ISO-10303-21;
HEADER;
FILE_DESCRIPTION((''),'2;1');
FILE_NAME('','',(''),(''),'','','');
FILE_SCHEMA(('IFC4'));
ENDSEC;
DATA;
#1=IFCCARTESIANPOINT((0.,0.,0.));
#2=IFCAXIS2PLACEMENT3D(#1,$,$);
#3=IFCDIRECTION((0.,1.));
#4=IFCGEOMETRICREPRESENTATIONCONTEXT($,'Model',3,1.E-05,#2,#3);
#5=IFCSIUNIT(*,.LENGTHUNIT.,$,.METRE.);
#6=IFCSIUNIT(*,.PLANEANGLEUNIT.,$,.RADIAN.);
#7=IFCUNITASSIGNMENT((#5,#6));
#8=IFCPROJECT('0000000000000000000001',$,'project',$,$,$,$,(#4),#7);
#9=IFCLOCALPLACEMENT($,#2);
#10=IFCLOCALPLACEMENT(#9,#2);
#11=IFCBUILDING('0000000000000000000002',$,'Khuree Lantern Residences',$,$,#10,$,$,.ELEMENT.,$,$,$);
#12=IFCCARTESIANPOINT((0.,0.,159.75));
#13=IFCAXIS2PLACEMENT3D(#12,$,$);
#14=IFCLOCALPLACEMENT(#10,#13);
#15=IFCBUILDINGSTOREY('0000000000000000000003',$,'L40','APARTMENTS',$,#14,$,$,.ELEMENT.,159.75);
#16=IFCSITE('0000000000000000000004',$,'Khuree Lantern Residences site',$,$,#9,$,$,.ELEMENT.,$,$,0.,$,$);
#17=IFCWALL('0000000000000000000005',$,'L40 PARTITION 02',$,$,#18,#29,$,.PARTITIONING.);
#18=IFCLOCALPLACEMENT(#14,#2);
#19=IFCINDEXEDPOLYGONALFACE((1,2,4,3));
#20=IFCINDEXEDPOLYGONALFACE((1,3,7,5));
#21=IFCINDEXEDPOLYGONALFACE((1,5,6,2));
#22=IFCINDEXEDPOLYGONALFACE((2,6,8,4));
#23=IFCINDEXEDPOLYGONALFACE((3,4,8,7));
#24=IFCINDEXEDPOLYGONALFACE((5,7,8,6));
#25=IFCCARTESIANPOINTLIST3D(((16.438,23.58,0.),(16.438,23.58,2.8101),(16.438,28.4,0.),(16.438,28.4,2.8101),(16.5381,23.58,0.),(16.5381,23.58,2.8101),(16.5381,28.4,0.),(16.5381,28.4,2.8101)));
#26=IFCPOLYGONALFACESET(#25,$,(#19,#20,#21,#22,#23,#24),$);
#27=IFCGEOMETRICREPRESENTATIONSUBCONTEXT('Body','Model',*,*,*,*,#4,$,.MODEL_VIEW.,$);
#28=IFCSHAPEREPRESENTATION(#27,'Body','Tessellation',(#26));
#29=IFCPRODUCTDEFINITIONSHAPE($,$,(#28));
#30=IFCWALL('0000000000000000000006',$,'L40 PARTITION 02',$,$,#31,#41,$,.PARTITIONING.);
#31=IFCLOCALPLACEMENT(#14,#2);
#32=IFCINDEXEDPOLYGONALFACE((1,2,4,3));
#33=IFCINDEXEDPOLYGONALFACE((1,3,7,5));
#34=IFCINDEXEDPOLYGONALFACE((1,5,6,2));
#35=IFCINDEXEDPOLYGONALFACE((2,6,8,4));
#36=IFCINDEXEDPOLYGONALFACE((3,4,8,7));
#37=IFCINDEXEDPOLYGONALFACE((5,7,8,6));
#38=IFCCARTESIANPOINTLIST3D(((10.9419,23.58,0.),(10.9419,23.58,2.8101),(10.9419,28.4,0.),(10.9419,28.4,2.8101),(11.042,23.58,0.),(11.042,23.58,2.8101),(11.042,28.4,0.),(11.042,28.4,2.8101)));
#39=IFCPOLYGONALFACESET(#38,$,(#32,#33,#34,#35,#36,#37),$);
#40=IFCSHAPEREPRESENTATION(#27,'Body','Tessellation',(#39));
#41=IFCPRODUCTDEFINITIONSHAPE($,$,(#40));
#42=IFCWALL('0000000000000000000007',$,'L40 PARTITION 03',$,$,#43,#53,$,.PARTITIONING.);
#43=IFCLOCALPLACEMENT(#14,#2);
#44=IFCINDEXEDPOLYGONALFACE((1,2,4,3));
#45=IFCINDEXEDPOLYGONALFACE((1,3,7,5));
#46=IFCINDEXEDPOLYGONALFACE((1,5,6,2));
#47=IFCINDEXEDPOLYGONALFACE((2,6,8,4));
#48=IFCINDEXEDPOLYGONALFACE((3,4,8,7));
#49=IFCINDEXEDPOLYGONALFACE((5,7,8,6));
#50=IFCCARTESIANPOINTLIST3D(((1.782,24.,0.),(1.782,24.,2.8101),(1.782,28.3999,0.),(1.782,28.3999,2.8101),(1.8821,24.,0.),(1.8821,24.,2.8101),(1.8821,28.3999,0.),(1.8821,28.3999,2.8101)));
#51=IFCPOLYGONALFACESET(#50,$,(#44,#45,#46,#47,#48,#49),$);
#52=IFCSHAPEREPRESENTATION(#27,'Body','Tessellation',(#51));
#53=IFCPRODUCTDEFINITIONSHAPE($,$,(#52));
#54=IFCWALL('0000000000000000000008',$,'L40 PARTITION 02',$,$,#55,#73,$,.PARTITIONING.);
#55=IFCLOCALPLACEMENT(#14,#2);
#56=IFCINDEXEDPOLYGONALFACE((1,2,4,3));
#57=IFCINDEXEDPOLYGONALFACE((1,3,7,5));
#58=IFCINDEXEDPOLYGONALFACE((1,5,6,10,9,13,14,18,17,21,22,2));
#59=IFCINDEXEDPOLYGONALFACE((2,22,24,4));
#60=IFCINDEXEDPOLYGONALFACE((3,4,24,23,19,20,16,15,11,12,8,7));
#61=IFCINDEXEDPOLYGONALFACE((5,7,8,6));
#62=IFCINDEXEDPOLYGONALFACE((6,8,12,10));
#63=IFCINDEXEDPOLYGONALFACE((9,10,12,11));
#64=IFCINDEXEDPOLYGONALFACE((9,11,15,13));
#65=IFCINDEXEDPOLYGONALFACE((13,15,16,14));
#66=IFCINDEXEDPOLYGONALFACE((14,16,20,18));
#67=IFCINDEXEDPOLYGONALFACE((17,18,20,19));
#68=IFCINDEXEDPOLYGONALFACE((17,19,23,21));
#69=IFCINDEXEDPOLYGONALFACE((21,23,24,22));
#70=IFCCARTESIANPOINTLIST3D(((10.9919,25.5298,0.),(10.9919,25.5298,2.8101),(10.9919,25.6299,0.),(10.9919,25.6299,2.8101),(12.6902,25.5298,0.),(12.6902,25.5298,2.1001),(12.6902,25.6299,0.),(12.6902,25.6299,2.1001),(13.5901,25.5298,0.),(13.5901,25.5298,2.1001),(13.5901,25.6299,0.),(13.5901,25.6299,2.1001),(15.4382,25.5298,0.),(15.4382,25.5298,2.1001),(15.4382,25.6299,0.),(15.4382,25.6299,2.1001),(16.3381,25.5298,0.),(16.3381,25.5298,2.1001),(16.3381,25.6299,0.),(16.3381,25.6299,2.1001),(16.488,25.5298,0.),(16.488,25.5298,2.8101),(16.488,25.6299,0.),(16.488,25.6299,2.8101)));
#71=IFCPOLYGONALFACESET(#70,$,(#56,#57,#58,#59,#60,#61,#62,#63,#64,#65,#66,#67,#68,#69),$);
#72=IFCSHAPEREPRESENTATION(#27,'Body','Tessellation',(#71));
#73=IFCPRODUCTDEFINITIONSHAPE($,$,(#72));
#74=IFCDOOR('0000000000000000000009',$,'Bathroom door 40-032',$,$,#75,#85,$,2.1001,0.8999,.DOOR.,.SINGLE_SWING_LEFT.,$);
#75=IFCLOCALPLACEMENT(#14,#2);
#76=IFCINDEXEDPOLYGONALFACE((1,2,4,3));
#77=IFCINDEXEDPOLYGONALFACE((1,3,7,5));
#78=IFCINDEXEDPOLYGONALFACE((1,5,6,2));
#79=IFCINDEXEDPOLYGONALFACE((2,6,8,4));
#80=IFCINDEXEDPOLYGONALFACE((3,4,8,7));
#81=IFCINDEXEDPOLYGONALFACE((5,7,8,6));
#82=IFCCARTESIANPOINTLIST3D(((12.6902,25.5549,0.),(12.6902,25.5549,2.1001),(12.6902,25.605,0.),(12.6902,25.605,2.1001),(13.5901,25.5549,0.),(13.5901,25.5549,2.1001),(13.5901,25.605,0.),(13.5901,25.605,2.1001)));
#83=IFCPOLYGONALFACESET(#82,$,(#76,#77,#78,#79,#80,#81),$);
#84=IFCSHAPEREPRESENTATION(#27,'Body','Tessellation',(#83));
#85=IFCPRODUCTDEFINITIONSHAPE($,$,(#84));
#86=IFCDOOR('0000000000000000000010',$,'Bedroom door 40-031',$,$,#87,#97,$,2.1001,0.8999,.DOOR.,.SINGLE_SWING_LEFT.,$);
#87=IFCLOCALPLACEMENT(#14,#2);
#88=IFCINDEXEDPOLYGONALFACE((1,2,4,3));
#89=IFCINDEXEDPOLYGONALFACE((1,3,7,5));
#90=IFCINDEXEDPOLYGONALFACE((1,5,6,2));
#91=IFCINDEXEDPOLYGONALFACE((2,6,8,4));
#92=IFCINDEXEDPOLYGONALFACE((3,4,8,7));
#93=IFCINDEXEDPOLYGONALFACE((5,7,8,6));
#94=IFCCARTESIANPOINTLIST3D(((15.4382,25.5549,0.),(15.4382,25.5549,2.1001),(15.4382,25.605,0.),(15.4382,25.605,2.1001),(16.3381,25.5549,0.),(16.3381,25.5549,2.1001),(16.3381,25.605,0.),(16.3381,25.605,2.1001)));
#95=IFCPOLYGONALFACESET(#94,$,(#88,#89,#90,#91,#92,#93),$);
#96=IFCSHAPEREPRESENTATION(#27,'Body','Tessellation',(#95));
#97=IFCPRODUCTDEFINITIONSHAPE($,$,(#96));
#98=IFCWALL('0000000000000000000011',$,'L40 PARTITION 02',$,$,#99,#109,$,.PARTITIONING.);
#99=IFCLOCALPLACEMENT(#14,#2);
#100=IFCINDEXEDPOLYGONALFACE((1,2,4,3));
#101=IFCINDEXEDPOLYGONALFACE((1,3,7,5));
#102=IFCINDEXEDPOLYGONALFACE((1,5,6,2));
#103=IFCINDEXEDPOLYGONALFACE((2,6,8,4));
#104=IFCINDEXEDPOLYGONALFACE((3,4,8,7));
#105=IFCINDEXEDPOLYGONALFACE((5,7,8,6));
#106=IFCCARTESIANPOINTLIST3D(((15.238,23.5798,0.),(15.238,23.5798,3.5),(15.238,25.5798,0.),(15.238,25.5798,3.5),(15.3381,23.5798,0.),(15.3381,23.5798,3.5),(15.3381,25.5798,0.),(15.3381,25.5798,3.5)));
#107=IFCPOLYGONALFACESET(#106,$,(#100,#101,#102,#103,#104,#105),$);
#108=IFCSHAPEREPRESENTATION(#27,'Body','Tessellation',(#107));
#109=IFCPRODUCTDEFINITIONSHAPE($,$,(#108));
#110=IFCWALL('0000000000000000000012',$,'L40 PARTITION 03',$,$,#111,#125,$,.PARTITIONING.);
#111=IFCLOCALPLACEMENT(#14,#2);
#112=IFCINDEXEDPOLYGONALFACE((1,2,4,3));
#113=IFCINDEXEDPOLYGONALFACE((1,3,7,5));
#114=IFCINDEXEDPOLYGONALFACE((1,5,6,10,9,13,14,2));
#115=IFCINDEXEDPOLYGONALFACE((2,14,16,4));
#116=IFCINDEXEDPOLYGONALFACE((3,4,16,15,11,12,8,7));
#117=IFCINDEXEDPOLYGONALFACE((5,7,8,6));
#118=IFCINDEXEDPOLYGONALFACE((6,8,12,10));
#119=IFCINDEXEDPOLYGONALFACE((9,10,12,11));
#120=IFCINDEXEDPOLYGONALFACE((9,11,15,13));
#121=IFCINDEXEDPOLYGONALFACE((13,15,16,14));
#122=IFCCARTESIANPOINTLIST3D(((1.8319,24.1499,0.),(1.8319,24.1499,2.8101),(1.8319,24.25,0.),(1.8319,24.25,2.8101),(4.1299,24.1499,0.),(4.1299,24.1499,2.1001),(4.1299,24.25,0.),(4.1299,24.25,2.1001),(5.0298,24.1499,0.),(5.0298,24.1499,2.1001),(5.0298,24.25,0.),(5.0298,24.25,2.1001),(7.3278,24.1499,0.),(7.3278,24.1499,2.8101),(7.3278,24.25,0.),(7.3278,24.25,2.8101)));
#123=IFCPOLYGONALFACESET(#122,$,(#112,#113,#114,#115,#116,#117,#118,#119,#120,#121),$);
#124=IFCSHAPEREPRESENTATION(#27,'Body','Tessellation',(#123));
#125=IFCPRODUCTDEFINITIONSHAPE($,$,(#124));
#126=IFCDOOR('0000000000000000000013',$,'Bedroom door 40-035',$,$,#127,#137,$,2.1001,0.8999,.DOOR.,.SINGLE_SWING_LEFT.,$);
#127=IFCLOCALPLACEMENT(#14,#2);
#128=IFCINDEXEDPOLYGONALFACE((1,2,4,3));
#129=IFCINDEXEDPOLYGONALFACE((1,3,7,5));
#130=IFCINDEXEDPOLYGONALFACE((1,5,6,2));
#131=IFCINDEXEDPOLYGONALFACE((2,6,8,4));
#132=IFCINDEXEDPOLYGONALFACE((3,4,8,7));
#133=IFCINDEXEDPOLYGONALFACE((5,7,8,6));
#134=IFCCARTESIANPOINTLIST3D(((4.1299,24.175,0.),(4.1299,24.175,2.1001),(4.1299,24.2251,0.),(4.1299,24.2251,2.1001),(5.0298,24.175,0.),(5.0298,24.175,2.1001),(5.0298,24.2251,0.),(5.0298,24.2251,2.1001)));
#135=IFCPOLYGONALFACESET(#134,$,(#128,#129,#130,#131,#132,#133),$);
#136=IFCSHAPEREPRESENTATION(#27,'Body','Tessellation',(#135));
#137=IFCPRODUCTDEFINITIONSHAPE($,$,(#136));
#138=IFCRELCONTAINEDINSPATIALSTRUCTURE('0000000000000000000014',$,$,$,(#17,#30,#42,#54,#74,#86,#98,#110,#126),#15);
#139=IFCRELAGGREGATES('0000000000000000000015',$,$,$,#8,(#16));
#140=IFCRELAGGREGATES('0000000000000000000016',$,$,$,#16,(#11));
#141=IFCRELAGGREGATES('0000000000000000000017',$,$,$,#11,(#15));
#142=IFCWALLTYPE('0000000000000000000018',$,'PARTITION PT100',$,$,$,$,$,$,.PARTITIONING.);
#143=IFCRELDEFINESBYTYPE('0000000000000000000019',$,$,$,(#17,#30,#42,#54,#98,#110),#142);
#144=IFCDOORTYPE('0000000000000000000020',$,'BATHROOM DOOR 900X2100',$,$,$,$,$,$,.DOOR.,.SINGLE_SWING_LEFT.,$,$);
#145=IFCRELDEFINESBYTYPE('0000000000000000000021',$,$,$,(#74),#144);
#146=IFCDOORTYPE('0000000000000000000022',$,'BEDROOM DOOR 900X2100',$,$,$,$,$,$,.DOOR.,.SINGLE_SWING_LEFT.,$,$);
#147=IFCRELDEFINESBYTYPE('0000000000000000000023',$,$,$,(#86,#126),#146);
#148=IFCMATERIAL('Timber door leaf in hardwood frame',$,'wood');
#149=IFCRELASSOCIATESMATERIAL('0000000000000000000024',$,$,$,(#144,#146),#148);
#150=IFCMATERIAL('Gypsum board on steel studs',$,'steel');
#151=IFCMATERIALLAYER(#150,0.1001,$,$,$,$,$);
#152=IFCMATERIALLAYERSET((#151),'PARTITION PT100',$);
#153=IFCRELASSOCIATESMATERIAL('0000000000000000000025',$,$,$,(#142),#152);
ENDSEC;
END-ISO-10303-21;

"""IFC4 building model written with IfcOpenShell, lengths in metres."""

from ifc_helpers import new_model, si_unit, direction, frame, frame_2d, origin, place, context, subcontext, project, spatial, rectangle, extrude, material, layer, layer_set, type_object, element, fill, save


model = new_model("IFC4")

# Units and contexts
model_context = context("Model", 3, precision=1e-05, world=origin(), true_north=direction((0.0, 1.0)))
body_context = subcontext(model_context, "Body", "Model", "MODEL_VIEW")
ifc_project = project(units=[si_unit("LENGTHUNIT", "METRE"), si_unit("PLANEANGLEUNIT", "RADIAN")], contexts=[model_context])

# Site, building, storey
site_placement = place(None, origin())
site = spatial("IfcSite", under=ifc_project, at=site_placement, Name="Khuree Lantern Residences site", CompositionType="ELEMENT", RefElevation=0.0)
building_placement = place(site_placement, origin())
building = spatial("IfcBuilding", under=site, at=building_placement, Name="Khuree Lantern Residences", CompositionType="ELEMENT")
storey_placement = place(building_placement, frame((0.0, 0.0, 159.75)))
storey = spatial("IfcBuildingStorey", under=building, at=storey_placement, Name="L40", Description="APARTMENTS", CompositionType="ELEMENT", Elevation=159.75)

# Shared definitions
ifc_material_1 = material(Name="Timber door leaf in hardwood frame", Category="wood")
door_type_1 = type_object("IfcDoorType", Name="BATHROOM DOOR 900X2100", OperationType="SINGLE_SWING_LEFT", PredefinedType="DOOR", material=ifc_material_1)

# Walls
ifc_material_2 = material(Name="Gypsum board on steel studs", Category="steel")
ifc_layer_1 = layer(ifc_material_2, 0.1001)
ifc_layer_set_1 = layer_set([ifc_layer_1], Name="PARTITION PT100")
wall_type_1 = type_object("IfcWallType", Name="PARTITION PT100", PredefinedType="PARTITIONING", material=ifc_layer_set_1)
for number, where, z_axis, x_axis, name in (
    (1, (16.488, 23.5798, 0.0), (0.0, 0.0, 1.0), (0.0, 1.0, 0.0), "L40 PARTITION 02"),
    (2, (10.9919, 23.5798, 0.0), (0.0, 0.0, 1.0), (0.0, 1.0, 0.0), "L40 PARTITION 02"),
):
    element("IfcWall", number, at=place(storey_placement, frame(where, z_axis=z_axis, x_axis=x_axis)), inside=storey, type_object=wall_type_1, Name=name, PredefinedType="PARTITIONING", context=body_context, shape_type="SweptSolid", body=[
        extrude(rectangle(XDim=4.8201, YDim=0.1001, at=frame_2d((2.4102, 0.0))), origin(), (0.0, 0.0, 1.0), 2.8101),
    ])
wall_1_placement = place(storey_placement, frame((1.832, 24.0, 0.0), z_axis=(0.0, 0.0, 1.0), x_axis=(0.0, 1.0, 0.0)))
element("IfcWall", 3, at=wall_1_placement, inside=storey, type_object=wall_type_1, Name="L40 PARTITION 03", PredefinedType="PARTITIONING", context=body_context, shape_type="SweptSolid", body=[
    extrude(rectangle(XDim=4.3999, YDim=0.1001, at=frame_2d((2.2, 0.0))), origin(), (0.0, 0.0, 1.0), 2.8101),
])

# Wall, openings, doors
wall_2_placement = place(storey_placement, frame((16.488, 25.5798, 0.0), z_axis=(0.0, 0.0, 1.0), x_axis=(-1.0, 0.0, 0.0)))
wall_2 = element("IfcWall", 4, at=wall_2_placement, inside=storey, type_object=wall_type_1, Name="L40 PARTITION 02", PredefinedType="PARTITIONING", context=body_context, shape_type="SweptSolid", body=[
    extrude(rectangle(XDim=5.4961, YDim=0.1001, at=frame_2d((2.748, 0.0))), origin(), (0.0, 0.0, 1.0), 2.8101),
])
opening_1_placement = place(wall_2_placement, frame((0.1499, 0.0, 0.0)))
opening_1 = element("IfcOpeningElement", 5, at=opening_1_placement, cuts=wall_2, PredefinedType="OPENING", context=body_context, shape_type="SweptSolid", body=[
    extrude(rectangle(XDim=0.8999, YDim=2.1001, at=frame_2d((0.45, 1.05))), frame((0.0, 0.0601, 0.0), z_axis=(0.0, -1.0, 0.0), x_axis=(1.0, 0.0, 0.0)), (0.0, 0.0, 1.0), 0.1201),
])
opening_2_placement = place(wall_2_placement, frame((2.8979, 0.0, 0.0)))
opening_2 = element("IfcOpeningElement", 6, at=opening_2_placement, cuts=wall_2, PredefinedType="OPENING", context=body_context, shape_type="SweptSolid", body=[
    extrude(rectangle(XDim=0.8999, YDim=2.1001, at=frame_2d((0.45, 1.05))), frame((0.0, 0.0601, 0.0), z_axis=(0.0, -1.0, 0.0), x_axis=(1.0, 0.0, 0.0)), (0.0, 0.0, 1.0), 0.1201),
])
door_1_placement = place(opening_2_placement, origin())
door_1 = element("IfcDoor", 7, at=door_1_placement, inside=storey, type_object=door_type_1, Name="Bathroom door 40-032", OperationType="SINGLE_SWING_LEFT", OverallHeight=2.1001, OverallWidth=0.8999, PredefinedType="DOOR", context=body_context, shape_type="SweptSolid", body=[
    extrude(rectangle(XDim=0.8999, YDim=2.1001, at=frame_2d((0.45, 1.05))), frame((0.0, 0.0249, 0.0), z_axis=(0.0, -1.0, 0.0), x_axis=(1.0, 0.0, 0.0)), (0.0, 0.0, 1.0), 0.05),
])
fill(opening_2, door_1)
door_type_2 = type_object("IfcDoorType", Name="BEDROOM DOOR 900X2100", OperationType="SINGLE_SWING_LEFT", PredefinedType="DOOR", material=ifc_material_1)
door_2_placement = place(opening_1_placement, origin())
door_2 = element("IfcDoor", 8, at=door_2_placement, inside=storey, type_object=door_type_2, Name="Bedroom door 40-031", OperationType="SINGLE_SWING_LEFT", OverallHeight=2.1001, OverallWidth=0.8999, PredefinedType="DOOR", context=body_context, shape_type="SweptSolid", body=[
    extrude(rectangle(XDim=0.8999, YDim=2.1001, at=frame_2d((0.45, 1.05))), frame((0.0, 0.0249, 0.0), z_axis=(0.0, -1.0, 0.0), x_axis=(1.0, 0.0, 0.0)), (0.0, 0.0, 1.0), 0.05),
])
fill(opening_1, door_2)

# Wall
wall_3_placement = place(storey_placement, frame((15.2881, 23.5798, 0.0), z_axis=(0.0, 0.0, 1.0), x_axis=(0.0, 1.0, 0.0)))
element("IfcWall", 9, at=wall_3_placement, inside=storey, type_object=wall_type_1, Name="L40 PARTITION 02", PredefinedType="PARTITIONING", context=body_context, shape_type="SweptSolid", body=[
    extrude(rectangle(XDim=2.0, YDim=0.1001, at=frame_2d((1.0, 0.0))), origin(), (0.0, 0.0, 1.0), 3.5),
])

# Wall, opening, door
wall_4_placement = place(storey_placement, frame((7.3279, 24.2, 0.0), z_axis=(0.0, 0.0, 1.0), x_axis=(-1.0, 0.0, 0.0)))
wall_4 = element("IfcWall", 10, at=wall_4_placement, inside=storey, type_object=wall_type_1, Name="L40 PARTITION 03", PredefinedType="PARTITIONING", context=body_context, shape_type="SweptSolid", body=[
    extrude(rectangle(XDim=5.4958, YDim=0.1001, at=frame_2d((2.748, 0.0))), origin(), (0.0, 0.0, 1.0), 2.8101),
])
opening_3_placement = place(wall_4_placement, frame((2.2981, 0.0, 0.0)))
opening_3 = element("IfcOpeningElement", 11, at=opening_3_placement, cuts=wall_4, PredefinedType="OPENING", context=body_context, shape_type="SweptSolid", body=[
    extrude(rectangle(XDim=0.8999, YDim=2.1001, at=frame_2d((0.45, 1.05))), frame((0.0, 0.0601, 0.0), z_axis=(0.0, -1.0, 0.0), x_axis=(1.0, 0.0, 0.0)), (0.0, 0.0, 1.0), 0.1201),
])
door_3_placement = place(opening_3_placement, origin())
door_3 = element("IfcDoor", 12, at=door_3_placement, inside=storey, type_object=door_type_2, Name="Bedroom door 40-035", OperationType="SINGLE_SWING_LEFT", OverallHeight=2.1001, OverallWidth=0.8999, PredefinedType="DOOR", context=body_context, shape_type="SweptSolid", body=[
    extrude(rectangle(XDim=0.8999, YDim=2.1001, at=frame_2d((0.45, 1.05))), frame((0.0, 0.0249, 0.0), z_axis=(0.0, -1.0, 0.0), x_axis=(1.0, 0.0, 0.0)), (0.0, 0.0, 1.0), 0.05),
])
fill(opening_3, door_3)

save(model, "model.ifc")
